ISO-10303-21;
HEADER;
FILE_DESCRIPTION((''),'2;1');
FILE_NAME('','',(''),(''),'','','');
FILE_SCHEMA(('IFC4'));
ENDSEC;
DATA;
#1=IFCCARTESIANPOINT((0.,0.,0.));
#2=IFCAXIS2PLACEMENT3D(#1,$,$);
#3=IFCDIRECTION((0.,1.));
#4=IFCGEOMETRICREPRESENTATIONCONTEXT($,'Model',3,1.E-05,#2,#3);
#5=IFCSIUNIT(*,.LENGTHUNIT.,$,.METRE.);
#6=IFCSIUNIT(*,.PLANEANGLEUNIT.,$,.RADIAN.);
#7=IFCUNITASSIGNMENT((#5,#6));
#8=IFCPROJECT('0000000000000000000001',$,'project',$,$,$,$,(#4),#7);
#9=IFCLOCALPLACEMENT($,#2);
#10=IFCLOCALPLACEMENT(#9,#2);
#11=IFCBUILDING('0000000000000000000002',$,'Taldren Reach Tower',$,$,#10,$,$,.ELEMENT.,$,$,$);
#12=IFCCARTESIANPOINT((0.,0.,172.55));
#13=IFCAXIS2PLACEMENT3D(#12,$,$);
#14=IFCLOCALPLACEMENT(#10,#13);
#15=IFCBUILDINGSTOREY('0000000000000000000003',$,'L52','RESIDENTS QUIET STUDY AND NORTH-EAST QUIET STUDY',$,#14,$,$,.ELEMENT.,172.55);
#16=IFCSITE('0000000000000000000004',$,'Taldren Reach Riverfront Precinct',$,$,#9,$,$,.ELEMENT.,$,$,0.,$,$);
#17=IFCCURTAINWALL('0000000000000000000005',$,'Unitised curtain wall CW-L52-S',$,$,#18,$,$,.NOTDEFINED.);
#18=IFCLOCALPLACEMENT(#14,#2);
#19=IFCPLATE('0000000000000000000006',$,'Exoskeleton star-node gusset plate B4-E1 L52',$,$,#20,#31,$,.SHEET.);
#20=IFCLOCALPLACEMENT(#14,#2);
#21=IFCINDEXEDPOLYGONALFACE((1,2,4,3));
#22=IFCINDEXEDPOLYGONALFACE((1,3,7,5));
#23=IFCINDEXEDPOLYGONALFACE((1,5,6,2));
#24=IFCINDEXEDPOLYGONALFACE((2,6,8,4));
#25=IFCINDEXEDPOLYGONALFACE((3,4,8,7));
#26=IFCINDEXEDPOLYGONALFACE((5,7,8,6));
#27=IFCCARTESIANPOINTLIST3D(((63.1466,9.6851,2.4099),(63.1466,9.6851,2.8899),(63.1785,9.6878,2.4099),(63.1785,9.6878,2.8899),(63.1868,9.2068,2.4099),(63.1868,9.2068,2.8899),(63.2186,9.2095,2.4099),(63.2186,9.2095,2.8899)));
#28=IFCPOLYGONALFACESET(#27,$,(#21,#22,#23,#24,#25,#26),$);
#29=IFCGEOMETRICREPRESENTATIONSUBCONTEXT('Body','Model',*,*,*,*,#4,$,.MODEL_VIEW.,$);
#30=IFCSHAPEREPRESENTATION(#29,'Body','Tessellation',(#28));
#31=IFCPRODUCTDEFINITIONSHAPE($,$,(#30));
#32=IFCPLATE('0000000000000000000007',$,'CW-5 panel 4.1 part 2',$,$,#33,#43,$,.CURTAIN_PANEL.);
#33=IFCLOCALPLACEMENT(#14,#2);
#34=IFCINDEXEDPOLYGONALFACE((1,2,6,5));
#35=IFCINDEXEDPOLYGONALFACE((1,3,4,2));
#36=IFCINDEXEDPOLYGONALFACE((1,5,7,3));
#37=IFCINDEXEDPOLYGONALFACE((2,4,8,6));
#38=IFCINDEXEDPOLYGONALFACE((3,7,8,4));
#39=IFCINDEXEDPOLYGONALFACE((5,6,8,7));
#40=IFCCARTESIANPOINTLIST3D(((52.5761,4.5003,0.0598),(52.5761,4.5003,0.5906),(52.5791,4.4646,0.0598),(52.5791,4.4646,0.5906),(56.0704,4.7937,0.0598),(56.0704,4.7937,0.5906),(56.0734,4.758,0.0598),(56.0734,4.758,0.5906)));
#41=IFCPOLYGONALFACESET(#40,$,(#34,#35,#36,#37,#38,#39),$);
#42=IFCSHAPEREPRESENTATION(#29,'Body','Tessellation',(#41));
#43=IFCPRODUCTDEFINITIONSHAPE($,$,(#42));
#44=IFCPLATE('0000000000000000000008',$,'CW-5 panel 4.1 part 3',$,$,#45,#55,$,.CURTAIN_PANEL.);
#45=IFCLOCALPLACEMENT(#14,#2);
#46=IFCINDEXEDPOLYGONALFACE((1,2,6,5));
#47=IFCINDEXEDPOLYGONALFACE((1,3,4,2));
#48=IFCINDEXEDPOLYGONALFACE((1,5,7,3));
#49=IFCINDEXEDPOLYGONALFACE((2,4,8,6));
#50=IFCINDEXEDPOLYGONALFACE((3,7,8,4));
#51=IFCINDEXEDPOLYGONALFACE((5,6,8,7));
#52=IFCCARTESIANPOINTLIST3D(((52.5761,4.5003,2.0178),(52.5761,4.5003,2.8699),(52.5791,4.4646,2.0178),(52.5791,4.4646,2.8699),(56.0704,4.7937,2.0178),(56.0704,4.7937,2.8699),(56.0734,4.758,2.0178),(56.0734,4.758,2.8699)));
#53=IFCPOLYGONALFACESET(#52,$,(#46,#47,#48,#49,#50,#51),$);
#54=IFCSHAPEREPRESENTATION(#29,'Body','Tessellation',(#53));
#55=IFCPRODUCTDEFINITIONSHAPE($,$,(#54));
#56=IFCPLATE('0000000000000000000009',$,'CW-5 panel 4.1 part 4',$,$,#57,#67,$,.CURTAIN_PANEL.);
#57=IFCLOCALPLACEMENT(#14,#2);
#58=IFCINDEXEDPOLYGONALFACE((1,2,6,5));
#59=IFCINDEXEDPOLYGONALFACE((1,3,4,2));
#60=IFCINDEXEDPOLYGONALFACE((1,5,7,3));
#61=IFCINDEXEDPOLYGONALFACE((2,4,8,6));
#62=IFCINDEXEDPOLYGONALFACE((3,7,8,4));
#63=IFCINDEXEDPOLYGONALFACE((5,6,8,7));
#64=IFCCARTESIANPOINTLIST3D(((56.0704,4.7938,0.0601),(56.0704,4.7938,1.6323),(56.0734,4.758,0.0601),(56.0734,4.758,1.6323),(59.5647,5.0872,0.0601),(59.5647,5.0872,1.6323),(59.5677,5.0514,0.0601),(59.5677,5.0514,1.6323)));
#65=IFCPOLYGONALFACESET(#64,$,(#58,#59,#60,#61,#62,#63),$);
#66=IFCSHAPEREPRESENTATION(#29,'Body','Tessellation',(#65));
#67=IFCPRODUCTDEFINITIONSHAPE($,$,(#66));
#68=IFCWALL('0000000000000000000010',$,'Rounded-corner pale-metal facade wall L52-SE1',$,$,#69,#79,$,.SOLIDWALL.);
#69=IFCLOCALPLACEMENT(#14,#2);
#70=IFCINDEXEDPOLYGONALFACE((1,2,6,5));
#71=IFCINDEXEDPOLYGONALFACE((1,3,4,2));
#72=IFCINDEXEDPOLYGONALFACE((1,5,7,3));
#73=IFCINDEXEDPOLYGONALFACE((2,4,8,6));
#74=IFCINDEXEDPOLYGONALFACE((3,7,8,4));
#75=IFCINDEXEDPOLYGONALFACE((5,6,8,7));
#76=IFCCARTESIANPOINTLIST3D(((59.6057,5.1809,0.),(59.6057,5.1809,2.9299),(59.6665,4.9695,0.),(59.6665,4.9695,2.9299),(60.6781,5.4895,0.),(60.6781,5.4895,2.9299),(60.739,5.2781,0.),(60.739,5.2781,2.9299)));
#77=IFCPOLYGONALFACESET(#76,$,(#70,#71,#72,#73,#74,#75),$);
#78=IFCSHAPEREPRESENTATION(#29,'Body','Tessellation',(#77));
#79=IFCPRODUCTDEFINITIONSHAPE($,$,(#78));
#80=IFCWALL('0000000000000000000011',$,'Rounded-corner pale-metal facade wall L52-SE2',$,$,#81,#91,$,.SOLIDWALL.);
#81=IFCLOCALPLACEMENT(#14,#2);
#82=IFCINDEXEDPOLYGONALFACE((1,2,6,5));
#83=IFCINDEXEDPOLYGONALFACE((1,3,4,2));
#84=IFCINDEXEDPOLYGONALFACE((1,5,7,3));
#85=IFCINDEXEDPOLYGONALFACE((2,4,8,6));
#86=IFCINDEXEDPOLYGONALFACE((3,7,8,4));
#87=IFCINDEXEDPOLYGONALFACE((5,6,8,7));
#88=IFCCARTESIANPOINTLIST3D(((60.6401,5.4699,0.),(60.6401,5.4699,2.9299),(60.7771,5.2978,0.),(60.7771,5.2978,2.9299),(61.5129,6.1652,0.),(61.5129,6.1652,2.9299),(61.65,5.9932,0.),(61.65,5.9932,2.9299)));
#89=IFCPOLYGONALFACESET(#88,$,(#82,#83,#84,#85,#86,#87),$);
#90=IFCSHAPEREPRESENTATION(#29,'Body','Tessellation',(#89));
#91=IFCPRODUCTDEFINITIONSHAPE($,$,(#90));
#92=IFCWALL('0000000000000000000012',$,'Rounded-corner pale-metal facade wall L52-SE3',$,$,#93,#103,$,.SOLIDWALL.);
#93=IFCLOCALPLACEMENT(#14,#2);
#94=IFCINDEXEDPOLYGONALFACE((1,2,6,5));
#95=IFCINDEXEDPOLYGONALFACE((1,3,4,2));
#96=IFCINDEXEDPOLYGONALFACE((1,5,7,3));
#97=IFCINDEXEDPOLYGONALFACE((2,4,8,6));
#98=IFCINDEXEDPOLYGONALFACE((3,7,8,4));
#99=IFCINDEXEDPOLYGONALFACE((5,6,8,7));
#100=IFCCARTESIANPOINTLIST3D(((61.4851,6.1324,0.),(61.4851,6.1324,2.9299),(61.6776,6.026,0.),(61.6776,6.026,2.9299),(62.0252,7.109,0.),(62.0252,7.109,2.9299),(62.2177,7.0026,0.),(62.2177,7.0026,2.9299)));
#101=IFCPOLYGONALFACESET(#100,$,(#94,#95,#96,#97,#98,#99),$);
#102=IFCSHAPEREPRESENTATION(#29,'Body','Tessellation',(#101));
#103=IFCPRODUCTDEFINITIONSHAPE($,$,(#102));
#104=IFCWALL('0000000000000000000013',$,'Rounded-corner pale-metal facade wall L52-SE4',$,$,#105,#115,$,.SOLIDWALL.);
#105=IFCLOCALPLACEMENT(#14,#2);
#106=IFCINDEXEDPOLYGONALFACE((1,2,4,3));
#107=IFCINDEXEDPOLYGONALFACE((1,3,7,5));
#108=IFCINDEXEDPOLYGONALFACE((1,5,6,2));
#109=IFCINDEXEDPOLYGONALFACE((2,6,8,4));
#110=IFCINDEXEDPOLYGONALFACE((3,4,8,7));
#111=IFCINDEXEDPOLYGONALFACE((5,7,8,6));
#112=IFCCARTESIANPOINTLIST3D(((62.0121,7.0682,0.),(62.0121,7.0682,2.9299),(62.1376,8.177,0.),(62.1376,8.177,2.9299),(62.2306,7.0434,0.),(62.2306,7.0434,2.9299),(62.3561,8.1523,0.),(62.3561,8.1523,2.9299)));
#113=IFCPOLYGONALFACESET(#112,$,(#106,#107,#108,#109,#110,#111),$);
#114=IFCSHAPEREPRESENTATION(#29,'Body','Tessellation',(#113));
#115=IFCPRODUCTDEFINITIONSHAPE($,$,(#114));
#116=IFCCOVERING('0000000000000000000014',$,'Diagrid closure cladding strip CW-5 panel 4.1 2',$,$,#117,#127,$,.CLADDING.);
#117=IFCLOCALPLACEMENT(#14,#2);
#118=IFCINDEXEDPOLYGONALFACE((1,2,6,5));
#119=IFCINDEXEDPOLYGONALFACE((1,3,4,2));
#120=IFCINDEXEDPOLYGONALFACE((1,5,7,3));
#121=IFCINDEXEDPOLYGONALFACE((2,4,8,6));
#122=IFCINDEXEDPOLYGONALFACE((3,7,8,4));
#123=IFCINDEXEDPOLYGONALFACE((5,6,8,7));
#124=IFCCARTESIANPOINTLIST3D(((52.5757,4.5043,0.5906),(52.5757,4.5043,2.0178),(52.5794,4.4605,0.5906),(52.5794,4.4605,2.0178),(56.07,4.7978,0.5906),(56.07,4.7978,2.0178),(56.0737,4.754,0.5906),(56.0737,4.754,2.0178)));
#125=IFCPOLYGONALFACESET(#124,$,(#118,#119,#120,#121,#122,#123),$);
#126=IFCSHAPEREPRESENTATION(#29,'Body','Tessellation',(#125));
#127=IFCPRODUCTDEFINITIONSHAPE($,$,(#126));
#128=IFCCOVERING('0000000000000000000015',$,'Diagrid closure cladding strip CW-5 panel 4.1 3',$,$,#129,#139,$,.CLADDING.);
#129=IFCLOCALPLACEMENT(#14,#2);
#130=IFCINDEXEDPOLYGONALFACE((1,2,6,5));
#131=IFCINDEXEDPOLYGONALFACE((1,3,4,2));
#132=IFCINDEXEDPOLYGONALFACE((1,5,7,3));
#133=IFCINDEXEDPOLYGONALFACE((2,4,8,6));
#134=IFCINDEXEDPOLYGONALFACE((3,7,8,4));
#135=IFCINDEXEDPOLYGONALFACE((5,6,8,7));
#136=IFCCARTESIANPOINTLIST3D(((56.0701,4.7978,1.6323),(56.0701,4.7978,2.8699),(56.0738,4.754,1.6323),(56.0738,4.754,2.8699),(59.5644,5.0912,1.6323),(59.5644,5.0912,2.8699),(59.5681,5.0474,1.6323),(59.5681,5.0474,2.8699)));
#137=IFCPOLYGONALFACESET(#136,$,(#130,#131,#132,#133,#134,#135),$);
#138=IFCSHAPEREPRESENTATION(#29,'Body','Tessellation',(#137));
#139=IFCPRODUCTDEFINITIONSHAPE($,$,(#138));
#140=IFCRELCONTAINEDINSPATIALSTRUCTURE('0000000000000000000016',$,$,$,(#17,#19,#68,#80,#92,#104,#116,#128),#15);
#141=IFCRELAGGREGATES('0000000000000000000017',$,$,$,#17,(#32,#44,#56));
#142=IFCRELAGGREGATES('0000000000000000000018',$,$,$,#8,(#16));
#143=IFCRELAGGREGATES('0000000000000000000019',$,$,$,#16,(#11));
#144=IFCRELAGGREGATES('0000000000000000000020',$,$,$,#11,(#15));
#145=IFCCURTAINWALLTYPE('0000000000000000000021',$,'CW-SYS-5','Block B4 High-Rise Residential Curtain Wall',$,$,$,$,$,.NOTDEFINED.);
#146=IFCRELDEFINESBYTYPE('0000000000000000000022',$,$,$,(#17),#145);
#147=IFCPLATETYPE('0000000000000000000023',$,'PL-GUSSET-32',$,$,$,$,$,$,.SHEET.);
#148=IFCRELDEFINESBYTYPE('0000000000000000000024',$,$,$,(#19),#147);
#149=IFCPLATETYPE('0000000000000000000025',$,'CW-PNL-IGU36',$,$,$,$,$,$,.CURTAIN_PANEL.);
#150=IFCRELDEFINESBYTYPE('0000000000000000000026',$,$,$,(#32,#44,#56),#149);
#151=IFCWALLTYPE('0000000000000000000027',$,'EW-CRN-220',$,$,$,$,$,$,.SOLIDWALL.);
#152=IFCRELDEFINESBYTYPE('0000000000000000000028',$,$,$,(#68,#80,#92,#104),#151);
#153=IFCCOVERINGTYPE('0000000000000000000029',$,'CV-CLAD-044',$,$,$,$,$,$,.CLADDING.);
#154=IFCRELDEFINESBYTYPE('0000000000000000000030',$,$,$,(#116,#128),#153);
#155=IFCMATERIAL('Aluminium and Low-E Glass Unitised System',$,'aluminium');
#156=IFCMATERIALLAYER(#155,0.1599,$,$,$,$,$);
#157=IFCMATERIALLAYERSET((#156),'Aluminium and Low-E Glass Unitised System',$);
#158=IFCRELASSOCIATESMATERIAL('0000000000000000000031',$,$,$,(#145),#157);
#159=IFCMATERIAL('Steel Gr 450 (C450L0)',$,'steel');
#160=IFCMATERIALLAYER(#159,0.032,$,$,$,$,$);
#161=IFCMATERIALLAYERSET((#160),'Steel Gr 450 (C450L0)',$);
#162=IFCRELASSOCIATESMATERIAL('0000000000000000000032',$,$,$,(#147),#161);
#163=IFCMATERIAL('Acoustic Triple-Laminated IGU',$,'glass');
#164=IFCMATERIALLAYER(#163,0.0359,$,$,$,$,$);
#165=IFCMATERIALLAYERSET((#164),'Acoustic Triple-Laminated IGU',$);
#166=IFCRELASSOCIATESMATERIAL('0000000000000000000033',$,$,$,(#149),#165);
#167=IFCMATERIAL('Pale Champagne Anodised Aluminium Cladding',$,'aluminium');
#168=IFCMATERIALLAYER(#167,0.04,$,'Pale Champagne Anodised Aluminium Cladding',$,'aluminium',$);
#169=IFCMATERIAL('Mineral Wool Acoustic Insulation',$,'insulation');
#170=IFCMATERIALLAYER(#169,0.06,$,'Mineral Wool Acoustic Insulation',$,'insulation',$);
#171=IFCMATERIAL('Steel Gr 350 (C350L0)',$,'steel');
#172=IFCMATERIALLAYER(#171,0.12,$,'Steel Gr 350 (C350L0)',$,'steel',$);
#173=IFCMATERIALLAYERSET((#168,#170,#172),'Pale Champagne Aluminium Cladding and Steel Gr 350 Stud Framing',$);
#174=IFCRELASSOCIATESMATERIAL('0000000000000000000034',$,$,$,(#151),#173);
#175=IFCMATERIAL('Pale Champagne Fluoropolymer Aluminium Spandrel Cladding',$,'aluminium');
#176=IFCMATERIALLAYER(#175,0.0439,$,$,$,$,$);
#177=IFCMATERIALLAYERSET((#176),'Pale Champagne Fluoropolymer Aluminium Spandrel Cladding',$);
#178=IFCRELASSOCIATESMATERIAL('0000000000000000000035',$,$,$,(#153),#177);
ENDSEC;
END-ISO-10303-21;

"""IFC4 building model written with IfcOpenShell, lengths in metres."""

from ifc_helpers import new_model, si_unit, direction, frame, frame_2d, origin, origin_2d, place, context, subcontext, project, spatial, rectangle, extrude, source, transform, mapped, material, layer, layer_set, type_object, element, aggregate, save


model = new_model("IFC4")

# Units and contexts
model_context = context("Model", 3, precision=1e-05, world=origin(), true_north=direction((0.0, 1.0)))
body_context = subcontext(model_context, "Body", "Model", "MODEL_VIEW")
ifc_project = project(units=[si_unit("LENGTHUNIT", "METRE"), si_unit("PLANEANGLEUNIT", "RADIAN")], contexts=[model_context])

# Site, building, storey
site_placement = place(None, origin())
site = spatial("IfcSite", under=ifc_project, at=site_placement, Name="Taldren Reach Riverfront Precinct", CompositionType="ELEMENT", RefElevation=0.0)
building_placement = place(site_placement, origin())
building = spatial("IfcBuilding", under=site, at=building_placement, Name="Taldren Reach Tower", CompositionType="ELEMENT")
storey_placement = place(building_placement, frame((0.0, 0.0, 172.55)))
storey = spatial("IfcBuildingStorey", under=building, at=storey_placement, Name="L52", Description="RESIDENTS QUIET STUDY AND NORTH-EAST QUIET STUDY", CompositionType="ELEMENT", Elevation=172.55)

# Shared definitions
ifc_material_1 = material(Name="Steel Gr 350 (C350L0)", Category="steel")

# Shared definitions
ifc_material_2 = material(Name="Steel Gr 450 (C450L0)", Category="steel")

# Curtain wall
ifc_material_3 = material(Name="Aluminium and Low-E Glass Unitised System", Category="aluminium")
ifc_layer_1 = layer(ifc_material_3, 0.1599)
ifc_layer_set_1 = layer_set([ifc_layer_1], Name="Aluminium and Low-E Glass Unitised System")
curtain_wall_type = type_object("IfcCurtainWallType", Name="CW-SYS-5", Description="Block B4 High-Rise Residential Curtain Wall", PredefinedType="NOTDEFINED", material=ifc_layer_set_1)
curtain_wall_1_placement = place(storey_placement, origin())
curtain_wall_1 = element("IfcCurtainWall", 1, at=curtain_wall_1_placement, inside=storey, type_object=curtain_wall_type, Name="Unitised curtain wall CW-L52-S", PredefinedType="NOTDEFINED")

# Plate
ifc_layer_2 = layer(ifc_material_2, 0.032)
ifc_layer_set_2 = layer_set([ifc_layer_2], Name="Steel Gr 450 (C450L0)")
plate_type_1 = type_object("IfcPlateType", Name="PL-GUSSET-32", PredefinedType="SHEET", material=ifc_layer_set_2)
shared_shape_1 = source(origin(), body_context, "Body", "SweptSolid", [
    extrude(rectangle(XDim=0.48, YDim=0.032, at=origin_2d()), origin(), (0.0, 0.0, 1.0), 0.48),
])
for number, where, z_axis, x_axis, name in (
    (2, (63.1826, 9.4473, 2.4099), (0.0, 0.0, 1.0), (-0.083678, 0.996493, 0.0), "Exoskeleton star-node gusset plate B4-E1 L52"),
):
    element("IfcPlate", number, at=place(storey_placement, frame(where, z_axis=z_axis, x_axis=x_axis)), inside=storey, type_object=plate_type_1, Name=name, PredefinedType="SHEET", context=body_context, shape_type="MappedRepresentation", body=[
        mapped(shared_shape_1, transform((0.0, 0.0, 0.0), scale=1.0)),
    ])

# Plates
ifc_material_4 = material(Name="Acoustic Triple-Laminated IGU", Category="glass")
ifc_layer_3 = layer(ifc_material_4, 0.0359)
ifc_layer_set_3 = layer_set([ifc_layer_3], Name="Acoustic Triple-Laminated IGU")
plate_type_2 = type_object("IfcPlateType", Name="CW-PNL-IGU36", PredefinedType="CURTAIN_PANEL", material=ifc_layer_set_3)
shared_shape_2 = source(origin(), body_context, "Body", "SweptSolid", [
    extrude(rectangle(XDim=3.5066, YDim=0.0359, at=origin_2d()), origin(), (0.0, 0.0, 1.0), 0.5308),
])
plate_1_placement = place(storey_placement, frame((54.3247, 4.6292, 0.0598), z_axis=(0.0, 0.0, 1.0), x_axis=(0.996493, 0.083678, 0.0)))
plate_1 = element("IfcPlate", 3, at=plate_1_placement, type_object=plate_type_2, Name="CW-5 panel 4.1 part 2", PredefinedType="CURTAIN_PANEL", context=body_context, shape_type="MappedRepresentation", body=[
    mapped(shared_shape_2, transform((0.0, 0.0, 0.0), scale=1.0)),
])
shared_shape_3 = source(origin(), body_context, "Body", "SweptSolid", [
    extrude(rectangle(XDim=3.5066, YDim=0.0359, at=origin_2d()), origin(), (0.0, 0.0, 1.0), 0.8521),
])
plate_2_placement = place(storey_placement, frame((54.3247, 4.6292, 2.0178), z_axis=(0.0, 0.0, 1.0), x_axis=(0.996493, 0.083678, 0.0)))
plate_2 = element("IfcPlate", 4, at=plate_2_placement, type_object=plate_type_2, Name="CW-5 panel 4.1 part 3", PredefinedType="CURTAIN_PANEL", context=body_context, shape_type="MappedRepresentation", body=[
    mapped(shared_shape_3, transform((0.0, 0.0, 0.0), scale=1.0)),
])
shared_shape_4 = source(origin(), body_context, "Body", "SweptSolid", [
    extrude(rectangle(XDim=3.5066, YDim=0.0359, at=origin_2d()), origin(), (0.0, 0.0, 1.0), 1.5723),
])
plate_3_placement = place(storey_placement, frame((57.8191, 4.9226, 0.0601), z_axis=(0.0, 0.0, 1.0), x_axis=(0.996493, 0.083678, 0.0)))
plate_3 = element("IfcPlate", 5, at=plate_3_placement, type_object=plate_type_2, Name="CW-5 panel 4.1 part 4", PredefinedType="CURTAIN_PANEL", context=body_context, shape_type="MappedRepresentation", body=[
    mapped(shared_shape_4, transform((0.0, 0.0, 0.0), scale=1.0)),
])
aggregate(curtain_wall_1, [plate_1, plate_2, plate_3])

# Walls
ifc_material_5 = material(Name="Pale Champagne Anodised Aluminium Cladding", Category="aluminium")
ifc_layer_4 = layer(ifc_material_5, 0.04, Name="Pale Champagne Anodised Aluminium Cladding", Category="aluminium")
ifc_material_6 = material(Name="Mineral Wool Acoustic Insulation", Category="insulation")
ifc_layer_5 = layer(ifc_material_6, 0.06, Name="Mineral Wool Acoustic Insulation", Category="insulation")
ifc_layer_6 = layer(ifc_material_1, 0.12, Name="Steel Gr 350 (C350L0)", Category="steel")
ifc_layer_set_4 = layer_set([ifc_layer_4, ifc_layer_5, ifc_layer_6], Name="Pale Champagne Aluminium Cladding and Steel Gr 350 Stud Framing")
wall_type = type_object("IfcWallType", Name="EW-CRN-220", PredefinedType="SOLIDWALL", material=ifc_layer_set_4)
shared_shape_5 = source(origin(), body_context, "Body", "SweptSolid", [
    extrude(rectangle(XDim=1.116, YDim=0.22, at=frame_2d((0.5581, 0.0))), origin(), (0.0, 0.0, 1.0), 2.9299),
])
for number, where, z_axis, x_axis, name in (
    (6, (59.636, 5.0752, 0.0), (0.0, 0.0, 1.0), (0.96101, 0.276512, 0.0), "Rounded-corner pale-metal facade wall L52-SE1"),
    (7, (60.7085, 5.3838, 0.0), (0.0, 0.0, 1.0), (0.782148, 0.623093, 0.0), "Rounded-corner pale-metal facade wall L52-SE2"),
    (8, (61.5813, 6.0791, 0.0), (0.0, 0.0, 1.0), (0.483933, 0.875105, 0.0), "Rounded-corner pale-metal facade wall L52-SE3"),
    (9, (62.1213, 7.0557, 0.0), (0.0, 0.0, 1.0), (0.112448, 0.993658, 0.0), "Rounded-corner pale-metal facade wall L52-SE4"),
):
    element("IfcWall", number, at=place(storey_placement, frame(where, z_axis=z_axis, x_axis=x_axis)), inside=storey, type_object=wall_type, Name=name, PredefinedType="SOLIDWALL", context=body_context, shape_type="MappedRepresentation", body=[
        mapped(shared_shape_5, transform((0.0, 0.0, 0.0), scale=1.0)),
    ])

# Coverings
ifc_material_7 = material(Name="Pale Champagne Fluoropolymer Aluminium Spandrel Cladding", Category="aluminium")
ifc_layer_7 = layer(ifc_material_7, 0.0439)
ifc_layer_set_5 = layer_set([ifc_layer_7], Name="Pale Champagne Fluoropolymer Aluminium Spandrel Cladding")
covering_type = type_object("IfcCoveringType", Name="CV-CLAD-044", PredefinedType="CLADDING", material=ifc_layer_set_5)
shared_shape_6 = source(origin(), body_context, "Body", "SweptSolid", [
    extrude(rectangle(XDim=3.5066, YDim=0.0439, at=origin_2d()), origin(), (0.0, 0.0, 1.0), 1.4272),
])
covering_1_placement = place(storey_placement, frame((54.3247, 4.6292, 0.5906), z_axis=(0.0, 0.0, 1.0), x_axis=(0.996493, 0.083678, 0.0)))
element("IfcCovering", 10, at=covering_1_placement, inside=storey, type_object=covering_type, Name="Diagrid closure cladding strip CW-5 panel 4.1 2", PredefinedType="CLADDING", context=body_context, shape_type="MappedRepresentation", body=[
    mapped(shared_shape_6, transform((0.0, 0.0, 0.0), scale=1.0)),
])
shared_shape_7 = source(origin(), body_context, "Body", "SweptSolid", [
    extrude(rectangle(XDim=3.5066, YDim=0.0439, at=origin_2d()), origin(), (0.0, 0.0, 1.0), 1.2375),
])
covering_2_placement = place(storey_placement, frame((57.8191, 4.9226, 1.6323), z_axis=(0.0, 0.0, 1.0), x_axis=(0.996493, 0.083678, 0.0)))
element("IfcCovering", 11, at=covering_2_placement, inside=storey, type_object=covering_type, Name="Diagrid closure cladding strip CW-5 panel 4.1 3", PredefinedType="CLADDING", context=body_context, shape_type="MappedRepresentation", body=[
    mapped(shared_shape_7, transform((0.0, 0.0, 0.0), scale=1.0)),
])

save(model, "model.ifc")
